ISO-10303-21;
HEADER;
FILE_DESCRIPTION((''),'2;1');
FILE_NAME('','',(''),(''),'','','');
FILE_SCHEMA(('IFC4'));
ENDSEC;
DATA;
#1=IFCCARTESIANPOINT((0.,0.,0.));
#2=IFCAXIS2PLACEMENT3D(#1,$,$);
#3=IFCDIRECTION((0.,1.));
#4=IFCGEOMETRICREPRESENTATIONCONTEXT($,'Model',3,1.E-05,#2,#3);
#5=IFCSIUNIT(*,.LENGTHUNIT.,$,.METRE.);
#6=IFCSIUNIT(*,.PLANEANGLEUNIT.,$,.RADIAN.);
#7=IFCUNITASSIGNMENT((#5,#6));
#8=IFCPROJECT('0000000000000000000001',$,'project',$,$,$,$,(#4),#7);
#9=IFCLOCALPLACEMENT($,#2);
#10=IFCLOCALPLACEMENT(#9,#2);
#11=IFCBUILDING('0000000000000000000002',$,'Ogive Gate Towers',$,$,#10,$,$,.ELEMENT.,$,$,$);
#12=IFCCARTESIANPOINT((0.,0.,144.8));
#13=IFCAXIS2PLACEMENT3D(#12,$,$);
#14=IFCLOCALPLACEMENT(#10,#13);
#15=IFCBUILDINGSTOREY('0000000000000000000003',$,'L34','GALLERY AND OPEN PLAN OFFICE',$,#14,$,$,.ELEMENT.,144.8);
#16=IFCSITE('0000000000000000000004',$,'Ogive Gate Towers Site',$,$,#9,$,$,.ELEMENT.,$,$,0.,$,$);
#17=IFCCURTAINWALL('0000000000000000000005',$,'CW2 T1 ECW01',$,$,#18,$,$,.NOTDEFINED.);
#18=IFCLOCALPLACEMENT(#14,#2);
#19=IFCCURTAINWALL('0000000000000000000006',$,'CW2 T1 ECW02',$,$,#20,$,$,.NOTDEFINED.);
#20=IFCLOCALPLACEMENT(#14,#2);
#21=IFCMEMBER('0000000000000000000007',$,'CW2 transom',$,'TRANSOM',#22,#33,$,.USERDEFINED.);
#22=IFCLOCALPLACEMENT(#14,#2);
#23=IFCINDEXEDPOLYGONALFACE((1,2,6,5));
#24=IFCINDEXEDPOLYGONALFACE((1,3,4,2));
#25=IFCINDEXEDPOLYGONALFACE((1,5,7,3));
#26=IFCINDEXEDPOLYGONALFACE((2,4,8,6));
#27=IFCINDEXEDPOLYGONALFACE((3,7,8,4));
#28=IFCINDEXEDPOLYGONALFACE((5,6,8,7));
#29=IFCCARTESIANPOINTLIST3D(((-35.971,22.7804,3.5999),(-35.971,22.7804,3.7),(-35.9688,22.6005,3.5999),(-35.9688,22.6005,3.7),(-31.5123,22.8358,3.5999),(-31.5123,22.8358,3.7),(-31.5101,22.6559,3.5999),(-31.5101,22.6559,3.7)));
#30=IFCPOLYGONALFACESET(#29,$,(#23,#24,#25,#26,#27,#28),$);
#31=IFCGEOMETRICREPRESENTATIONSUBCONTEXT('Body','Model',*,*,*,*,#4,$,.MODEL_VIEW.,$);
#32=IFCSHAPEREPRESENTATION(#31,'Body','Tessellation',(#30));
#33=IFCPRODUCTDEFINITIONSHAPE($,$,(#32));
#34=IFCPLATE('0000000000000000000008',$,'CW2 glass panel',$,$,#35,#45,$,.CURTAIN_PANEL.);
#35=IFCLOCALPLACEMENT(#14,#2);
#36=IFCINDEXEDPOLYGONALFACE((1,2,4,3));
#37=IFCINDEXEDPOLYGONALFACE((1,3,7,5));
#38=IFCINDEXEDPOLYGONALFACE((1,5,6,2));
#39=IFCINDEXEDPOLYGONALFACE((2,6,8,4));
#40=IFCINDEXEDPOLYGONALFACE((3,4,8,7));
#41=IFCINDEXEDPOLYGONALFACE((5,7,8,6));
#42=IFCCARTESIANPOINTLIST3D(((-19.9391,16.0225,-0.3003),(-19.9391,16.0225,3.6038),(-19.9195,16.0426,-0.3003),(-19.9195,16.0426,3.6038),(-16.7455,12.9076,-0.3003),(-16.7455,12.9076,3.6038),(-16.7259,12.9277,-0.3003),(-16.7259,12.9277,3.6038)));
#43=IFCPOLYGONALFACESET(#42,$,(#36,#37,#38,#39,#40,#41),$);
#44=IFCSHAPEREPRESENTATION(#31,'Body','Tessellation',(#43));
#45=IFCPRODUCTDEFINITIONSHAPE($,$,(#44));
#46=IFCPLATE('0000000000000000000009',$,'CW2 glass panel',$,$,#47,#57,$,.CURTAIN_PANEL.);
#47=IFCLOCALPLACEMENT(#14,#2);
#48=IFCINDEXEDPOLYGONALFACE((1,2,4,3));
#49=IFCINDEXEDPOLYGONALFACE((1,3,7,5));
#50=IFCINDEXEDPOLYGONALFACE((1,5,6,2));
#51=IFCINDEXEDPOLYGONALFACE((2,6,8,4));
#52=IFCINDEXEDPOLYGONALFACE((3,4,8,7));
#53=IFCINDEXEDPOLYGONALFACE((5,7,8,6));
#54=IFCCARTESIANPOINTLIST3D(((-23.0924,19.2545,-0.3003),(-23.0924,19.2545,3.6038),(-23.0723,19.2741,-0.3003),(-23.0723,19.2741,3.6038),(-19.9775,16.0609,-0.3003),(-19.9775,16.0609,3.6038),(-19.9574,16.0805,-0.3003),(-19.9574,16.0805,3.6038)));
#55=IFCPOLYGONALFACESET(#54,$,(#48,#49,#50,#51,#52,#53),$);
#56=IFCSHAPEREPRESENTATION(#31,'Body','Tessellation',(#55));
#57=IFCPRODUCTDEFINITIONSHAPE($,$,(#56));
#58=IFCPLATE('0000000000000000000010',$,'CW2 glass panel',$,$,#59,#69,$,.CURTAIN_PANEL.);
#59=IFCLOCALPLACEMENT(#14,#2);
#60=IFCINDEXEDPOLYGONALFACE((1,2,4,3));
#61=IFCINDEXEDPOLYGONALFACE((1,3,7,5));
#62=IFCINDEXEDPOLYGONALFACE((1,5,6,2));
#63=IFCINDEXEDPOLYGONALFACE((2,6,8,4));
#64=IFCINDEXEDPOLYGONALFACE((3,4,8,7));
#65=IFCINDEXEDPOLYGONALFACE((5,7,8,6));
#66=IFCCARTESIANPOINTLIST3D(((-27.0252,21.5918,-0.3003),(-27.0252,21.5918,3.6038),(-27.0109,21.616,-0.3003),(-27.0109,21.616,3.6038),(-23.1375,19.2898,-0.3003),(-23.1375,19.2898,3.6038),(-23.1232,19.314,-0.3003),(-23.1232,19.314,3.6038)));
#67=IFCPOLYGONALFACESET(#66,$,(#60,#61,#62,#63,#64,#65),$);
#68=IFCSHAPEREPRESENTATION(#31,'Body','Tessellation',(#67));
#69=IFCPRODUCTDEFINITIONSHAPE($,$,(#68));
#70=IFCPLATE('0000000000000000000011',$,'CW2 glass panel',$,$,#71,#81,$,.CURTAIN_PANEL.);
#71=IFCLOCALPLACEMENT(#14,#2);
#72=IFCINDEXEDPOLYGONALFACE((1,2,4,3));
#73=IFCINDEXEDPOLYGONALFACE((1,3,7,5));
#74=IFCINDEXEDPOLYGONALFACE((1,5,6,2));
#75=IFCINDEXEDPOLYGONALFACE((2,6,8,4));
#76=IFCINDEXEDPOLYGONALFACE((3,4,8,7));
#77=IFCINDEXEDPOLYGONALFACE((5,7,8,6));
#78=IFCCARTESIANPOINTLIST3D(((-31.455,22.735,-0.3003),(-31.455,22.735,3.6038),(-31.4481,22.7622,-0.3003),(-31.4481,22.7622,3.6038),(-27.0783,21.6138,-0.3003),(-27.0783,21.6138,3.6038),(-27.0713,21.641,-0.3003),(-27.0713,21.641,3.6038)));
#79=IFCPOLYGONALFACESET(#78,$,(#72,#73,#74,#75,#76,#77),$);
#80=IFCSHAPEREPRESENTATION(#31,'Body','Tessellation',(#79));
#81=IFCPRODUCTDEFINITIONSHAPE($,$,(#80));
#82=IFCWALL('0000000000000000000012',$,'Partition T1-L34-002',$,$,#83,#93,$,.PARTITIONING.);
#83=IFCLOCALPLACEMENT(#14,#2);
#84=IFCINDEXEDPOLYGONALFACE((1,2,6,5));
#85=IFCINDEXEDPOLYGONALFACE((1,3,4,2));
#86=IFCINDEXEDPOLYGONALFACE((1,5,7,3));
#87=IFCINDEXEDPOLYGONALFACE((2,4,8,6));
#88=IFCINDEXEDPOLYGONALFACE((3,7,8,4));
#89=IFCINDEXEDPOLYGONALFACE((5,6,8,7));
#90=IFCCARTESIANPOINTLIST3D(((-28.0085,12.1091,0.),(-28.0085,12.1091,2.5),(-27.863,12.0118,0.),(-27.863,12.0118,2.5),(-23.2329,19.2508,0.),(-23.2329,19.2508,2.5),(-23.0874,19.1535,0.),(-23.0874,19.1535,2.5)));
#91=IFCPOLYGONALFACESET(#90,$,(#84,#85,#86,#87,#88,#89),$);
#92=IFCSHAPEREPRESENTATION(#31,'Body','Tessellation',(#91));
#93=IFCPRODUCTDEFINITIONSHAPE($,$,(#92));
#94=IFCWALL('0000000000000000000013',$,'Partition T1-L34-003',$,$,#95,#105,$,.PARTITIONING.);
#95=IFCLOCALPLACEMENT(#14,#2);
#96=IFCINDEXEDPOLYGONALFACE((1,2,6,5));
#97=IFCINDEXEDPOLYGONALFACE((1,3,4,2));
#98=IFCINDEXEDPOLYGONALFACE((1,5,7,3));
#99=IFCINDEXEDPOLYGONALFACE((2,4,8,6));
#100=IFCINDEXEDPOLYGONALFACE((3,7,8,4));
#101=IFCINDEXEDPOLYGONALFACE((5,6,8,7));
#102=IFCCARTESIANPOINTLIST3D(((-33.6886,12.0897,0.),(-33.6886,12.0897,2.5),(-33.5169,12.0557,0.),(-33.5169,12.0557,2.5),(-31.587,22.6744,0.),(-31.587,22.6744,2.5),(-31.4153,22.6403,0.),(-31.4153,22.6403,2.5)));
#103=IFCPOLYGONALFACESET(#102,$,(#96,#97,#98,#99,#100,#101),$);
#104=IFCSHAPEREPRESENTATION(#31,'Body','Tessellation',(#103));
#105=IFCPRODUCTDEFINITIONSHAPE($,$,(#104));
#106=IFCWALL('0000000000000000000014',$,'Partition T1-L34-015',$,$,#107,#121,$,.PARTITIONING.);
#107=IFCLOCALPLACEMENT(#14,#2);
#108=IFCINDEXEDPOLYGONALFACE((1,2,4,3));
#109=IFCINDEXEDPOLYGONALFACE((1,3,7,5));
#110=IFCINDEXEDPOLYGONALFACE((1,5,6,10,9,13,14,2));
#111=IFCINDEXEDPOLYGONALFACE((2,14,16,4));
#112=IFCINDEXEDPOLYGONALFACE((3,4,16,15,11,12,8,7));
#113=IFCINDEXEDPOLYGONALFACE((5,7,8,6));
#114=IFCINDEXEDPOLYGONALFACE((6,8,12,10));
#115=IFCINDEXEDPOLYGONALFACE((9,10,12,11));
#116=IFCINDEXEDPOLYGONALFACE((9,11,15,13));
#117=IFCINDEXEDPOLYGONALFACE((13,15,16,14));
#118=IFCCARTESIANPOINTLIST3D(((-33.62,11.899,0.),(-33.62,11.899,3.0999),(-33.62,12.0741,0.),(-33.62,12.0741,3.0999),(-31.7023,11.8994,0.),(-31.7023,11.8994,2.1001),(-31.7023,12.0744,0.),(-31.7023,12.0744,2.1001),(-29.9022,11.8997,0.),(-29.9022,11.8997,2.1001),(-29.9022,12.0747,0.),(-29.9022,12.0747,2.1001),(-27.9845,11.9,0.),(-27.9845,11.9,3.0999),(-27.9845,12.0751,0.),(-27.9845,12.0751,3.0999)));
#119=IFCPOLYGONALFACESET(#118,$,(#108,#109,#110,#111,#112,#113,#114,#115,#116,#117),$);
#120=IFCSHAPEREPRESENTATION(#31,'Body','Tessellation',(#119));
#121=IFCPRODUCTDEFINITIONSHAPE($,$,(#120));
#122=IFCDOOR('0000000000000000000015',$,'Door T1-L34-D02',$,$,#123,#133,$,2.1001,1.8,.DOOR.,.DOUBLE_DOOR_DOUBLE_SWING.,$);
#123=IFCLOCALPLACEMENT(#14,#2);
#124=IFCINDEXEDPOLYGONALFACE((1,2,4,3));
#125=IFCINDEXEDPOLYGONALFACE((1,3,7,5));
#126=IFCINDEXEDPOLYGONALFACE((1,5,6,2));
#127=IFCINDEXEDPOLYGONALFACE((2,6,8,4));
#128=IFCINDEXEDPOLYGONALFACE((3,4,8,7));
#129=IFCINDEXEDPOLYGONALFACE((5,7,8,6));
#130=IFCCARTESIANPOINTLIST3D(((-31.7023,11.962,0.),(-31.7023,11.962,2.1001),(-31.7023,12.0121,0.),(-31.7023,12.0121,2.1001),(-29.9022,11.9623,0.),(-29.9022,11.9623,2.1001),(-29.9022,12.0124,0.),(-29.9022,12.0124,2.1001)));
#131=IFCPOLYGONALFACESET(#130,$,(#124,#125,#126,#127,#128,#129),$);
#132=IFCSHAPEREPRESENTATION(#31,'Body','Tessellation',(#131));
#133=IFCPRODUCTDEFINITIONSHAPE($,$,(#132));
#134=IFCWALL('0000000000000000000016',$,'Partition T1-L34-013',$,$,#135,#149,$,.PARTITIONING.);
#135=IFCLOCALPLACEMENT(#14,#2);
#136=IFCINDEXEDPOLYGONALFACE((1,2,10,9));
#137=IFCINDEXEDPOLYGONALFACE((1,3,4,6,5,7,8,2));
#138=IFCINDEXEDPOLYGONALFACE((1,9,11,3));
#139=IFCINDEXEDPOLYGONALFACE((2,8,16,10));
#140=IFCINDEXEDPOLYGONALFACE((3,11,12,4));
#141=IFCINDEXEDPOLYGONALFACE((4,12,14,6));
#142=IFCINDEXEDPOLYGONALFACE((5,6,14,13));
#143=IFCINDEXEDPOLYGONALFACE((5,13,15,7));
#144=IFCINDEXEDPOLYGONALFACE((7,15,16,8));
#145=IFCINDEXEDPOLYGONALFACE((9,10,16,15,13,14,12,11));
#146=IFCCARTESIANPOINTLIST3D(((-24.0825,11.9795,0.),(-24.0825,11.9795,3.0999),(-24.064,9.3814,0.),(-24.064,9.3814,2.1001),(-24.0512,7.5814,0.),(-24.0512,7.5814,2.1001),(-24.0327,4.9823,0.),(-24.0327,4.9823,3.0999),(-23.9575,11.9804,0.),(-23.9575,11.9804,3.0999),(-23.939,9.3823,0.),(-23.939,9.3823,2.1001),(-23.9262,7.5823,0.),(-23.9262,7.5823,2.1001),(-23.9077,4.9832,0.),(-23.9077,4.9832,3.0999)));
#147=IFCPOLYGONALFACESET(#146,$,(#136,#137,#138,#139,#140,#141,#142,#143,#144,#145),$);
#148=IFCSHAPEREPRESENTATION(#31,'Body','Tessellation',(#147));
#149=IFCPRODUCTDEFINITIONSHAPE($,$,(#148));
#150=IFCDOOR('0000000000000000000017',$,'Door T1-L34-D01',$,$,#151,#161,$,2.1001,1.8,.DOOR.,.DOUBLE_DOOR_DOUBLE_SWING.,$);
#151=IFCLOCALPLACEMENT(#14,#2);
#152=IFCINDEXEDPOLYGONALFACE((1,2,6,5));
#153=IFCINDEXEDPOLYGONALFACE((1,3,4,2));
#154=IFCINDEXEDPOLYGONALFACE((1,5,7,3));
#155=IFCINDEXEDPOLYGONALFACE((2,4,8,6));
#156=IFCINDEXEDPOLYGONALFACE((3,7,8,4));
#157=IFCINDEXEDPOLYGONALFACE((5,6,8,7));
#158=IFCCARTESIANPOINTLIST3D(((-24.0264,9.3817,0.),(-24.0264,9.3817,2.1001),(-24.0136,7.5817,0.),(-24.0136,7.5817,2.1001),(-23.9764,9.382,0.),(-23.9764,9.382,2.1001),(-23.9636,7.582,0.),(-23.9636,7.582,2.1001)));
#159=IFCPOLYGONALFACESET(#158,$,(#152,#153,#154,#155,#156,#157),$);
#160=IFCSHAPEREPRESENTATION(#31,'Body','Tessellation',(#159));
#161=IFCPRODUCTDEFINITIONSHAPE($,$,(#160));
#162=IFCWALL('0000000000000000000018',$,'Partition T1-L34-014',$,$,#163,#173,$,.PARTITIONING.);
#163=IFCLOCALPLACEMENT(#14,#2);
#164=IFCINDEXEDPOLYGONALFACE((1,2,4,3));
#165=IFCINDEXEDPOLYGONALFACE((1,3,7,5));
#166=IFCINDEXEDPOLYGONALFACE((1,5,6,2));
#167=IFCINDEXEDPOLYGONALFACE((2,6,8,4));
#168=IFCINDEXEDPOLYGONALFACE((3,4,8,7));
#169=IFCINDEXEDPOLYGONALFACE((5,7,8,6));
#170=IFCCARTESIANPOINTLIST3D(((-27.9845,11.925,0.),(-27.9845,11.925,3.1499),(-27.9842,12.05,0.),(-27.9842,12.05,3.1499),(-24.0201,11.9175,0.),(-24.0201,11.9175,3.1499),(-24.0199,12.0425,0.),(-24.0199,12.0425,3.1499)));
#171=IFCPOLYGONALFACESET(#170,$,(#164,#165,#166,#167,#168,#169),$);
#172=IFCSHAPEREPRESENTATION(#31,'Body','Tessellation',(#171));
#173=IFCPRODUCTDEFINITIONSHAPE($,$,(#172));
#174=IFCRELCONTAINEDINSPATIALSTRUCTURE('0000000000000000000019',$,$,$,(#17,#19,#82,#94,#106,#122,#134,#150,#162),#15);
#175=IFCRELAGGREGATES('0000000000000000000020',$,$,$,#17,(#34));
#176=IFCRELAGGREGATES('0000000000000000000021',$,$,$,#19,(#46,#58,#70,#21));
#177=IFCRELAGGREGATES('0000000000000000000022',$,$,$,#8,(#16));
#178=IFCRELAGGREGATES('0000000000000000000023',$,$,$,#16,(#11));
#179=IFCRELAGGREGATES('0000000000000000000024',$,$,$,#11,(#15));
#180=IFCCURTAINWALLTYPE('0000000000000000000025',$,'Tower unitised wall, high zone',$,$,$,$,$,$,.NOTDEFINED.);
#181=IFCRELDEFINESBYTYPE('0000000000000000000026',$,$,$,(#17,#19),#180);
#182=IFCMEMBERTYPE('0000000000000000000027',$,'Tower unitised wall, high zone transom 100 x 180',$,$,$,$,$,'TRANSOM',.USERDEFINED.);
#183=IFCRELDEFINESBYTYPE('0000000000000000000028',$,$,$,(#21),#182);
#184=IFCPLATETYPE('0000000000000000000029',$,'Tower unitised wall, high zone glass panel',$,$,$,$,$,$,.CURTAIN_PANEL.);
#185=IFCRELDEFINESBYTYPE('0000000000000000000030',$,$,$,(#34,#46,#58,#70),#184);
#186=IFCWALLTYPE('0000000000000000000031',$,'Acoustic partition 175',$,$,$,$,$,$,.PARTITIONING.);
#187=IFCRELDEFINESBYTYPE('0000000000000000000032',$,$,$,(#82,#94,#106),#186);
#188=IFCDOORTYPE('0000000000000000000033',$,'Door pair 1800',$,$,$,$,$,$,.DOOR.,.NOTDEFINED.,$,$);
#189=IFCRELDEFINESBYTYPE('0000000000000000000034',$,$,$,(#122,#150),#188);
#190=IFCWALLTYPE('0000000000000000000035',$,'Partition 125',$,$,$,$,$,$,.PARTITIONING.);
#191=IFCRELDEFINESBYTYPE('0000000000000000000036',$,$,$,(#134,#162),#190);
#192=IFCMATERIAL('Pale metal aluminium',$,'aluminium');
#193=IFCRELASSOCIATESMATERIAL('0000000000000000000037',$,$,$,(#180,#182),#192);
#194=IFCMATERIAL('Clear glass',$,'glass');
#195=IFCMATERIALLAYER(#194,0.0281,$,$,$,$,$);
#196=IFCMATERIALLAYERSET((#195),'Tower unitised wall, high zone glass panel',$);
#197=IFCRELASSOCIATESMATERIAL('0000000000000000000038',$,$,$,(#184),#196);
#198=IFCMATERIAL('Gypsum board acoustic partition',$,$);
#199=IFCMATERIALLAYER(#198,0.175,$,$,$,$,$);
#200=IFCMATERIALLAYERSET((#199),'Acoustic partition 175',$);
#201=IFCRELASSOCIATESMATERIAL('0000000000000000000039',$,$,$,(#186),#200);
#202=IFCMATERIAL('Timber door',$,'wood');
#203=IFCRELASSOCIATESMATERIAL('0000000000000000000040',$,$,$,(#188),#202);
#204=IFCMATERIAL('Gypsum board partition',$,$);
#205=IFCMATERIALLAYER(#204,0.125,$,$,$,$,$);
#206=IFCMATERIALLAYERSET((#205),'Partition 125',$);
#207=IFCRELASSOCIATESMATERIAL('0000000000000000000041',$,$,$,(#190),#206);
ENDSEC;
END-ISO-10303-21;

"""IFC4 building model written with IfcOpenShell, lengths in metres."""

from ifc_helpers import new_model, si_unit, direction, frame, frame_2d, origin, origin_2d, place, context, subcontext, project, spatial, rectangle, extrude, material, layer, layer_set, material_profile, profile_set, type_object, element, fill, aggregate, save


model = new_model("IFC4")

# Units and contexts
model_context = context("Model", 3, precision=1e-05, world=origin(), true_north=direction((0.0, 1.0)))
body_context = subcontext(model_context, "Body", "Model", "MODEL_VIEW")
ifc_project = project(units=[si_unit("LENGTHUNIT", "METRE"), si_unit("PLANEANGLEUNIT", "RADIAN")], contexts=[model_context])

# Site, building, storey
site_placement = place(None, origin())
site = spatial("IfcSite", under=ifc_project, at=site_placement, Name="Ogive Gate Towers Site", CompositionType="ELEMENT", RefElevation=0.0)
building_placement = place(site_placement, origin())
building = spatial("IfcBuilding", under=site, at=building_placement, Name="Ogive Gate Towers", CompositionType="ELEMENT")
storey_placement = place(building_placement, frame((0.0, 0.0, 144.8)))
storey = spatial("IfcBuildingStorey", under=building, at=storey_placement, Name="L34", Description="GALLERY AND OPEN PLAN OFFICE", CompositionType="ELEMENT", Elevation=144.8)

# Curtain wall
ifc_material_1 = material(Name="Pale metal aluminium", Category="aluminium")
curtain_wall_type = type_object("IfcCurtainWallType", Name="Tower unitised wall, high zone", PredefinedType="NOTDEFINED", material=ifc_material_1)
curtain_wall_1_placement = place(storey_placement, origin())
curtain_wall_1 = element("IfcCurtainWall", 1, at=curtain_wall_1_placement, inside=storey, type_object=curtain_wall_type, Name="CW2 T1 ECW01", PredefinedType="NOTDEFINED")

# Curtain wall, member
curtain_wall_2_placement = place(storey_placement, origin())
curtain_wall_2 = element("IfcCurtainWall", 2, at=curtain_wall_2_placement, inside=storey, type_object=curtain_wall_type, Name="CW2 T1 ECW02", PredefinedType="NOTDEFINED")
ifc_material_profile_1 = material_profile(ifc_material_1, rectangle(XDim=0.1799, YDim=0.1001, at=origin_2d()), Name="100 x 180 aluminium box")
ifc_profile_set_1 = profile_set([ifc_material_profile_1], Name="Pale metal aluminium")
member_type_1 = type_object("IfcMemberType", Name="Tower unitised wall, high zone transom 100 x 180", ElementType="TRANSOM", PredefinedType="USERDEFINED", material=ifc_profile_set_1)
member_1_placement = place(storey_placement, frame((-31.5112, 22.7458, 3.6499), z_axis=(-0.999923, -0.012429, 0.0), x_axis=(0.012429, -0.999923, 0.0)))
member_1 = element("IfcMember", 3, at=member_1_placement, type_object=member_type_1, Name="CW2 transom", ObjectType="TRANSOM", PredefinedType="USERDEFINED", context=body_context, shape_type="SweptSolid", body=[
    extrude(rectangle(XDim=0.1799, YDim=0.1001, at=origin_2d()), origin(), (0.0, 0.0, 1.0), 4.459),
])

# Plates
ifc_material_2 = material(Name="Clear glass", Category="glass")
ifc_layer_1 = layer(ifc_material_2, 0.0281)
ifc_layer_set_1 = layer_set([ifc_layer_1], Name="Tower unitised wall, high zone glass panel")
plate_type = type_object("IfcPlateType", Name="Tower unitised wall, high zone glass panel", PredefinedType="CURTAIN_PANEL", material=ifc_layer_set_1)
plate_1_placement = place(storey_placement, frame((-18.3325, 14.4751, -0.3003), z_axis=(0.0, 0.0, 1.0), x_axis=(-0.715863, 0.69824, 0.0)))
plate_1 = element("IfcPlate", 4, at=plate_1_placement, type_object=plate_type, Name="CW2 glass panel", PredefinedType="CURTAIN_PANEL", context=body_context, shape_type="SweptSolid", body=[
    extrude(rectangle(XDim=4.4612, YDim=0.0281, at=origin_2d()), origin(), (0.0, 0.0, 1.0), 3.9041),
])
aggregate(curtain_wall_1, [plate_1])
plate_2_placement = place(storey_placement, frame((-21.5249, 17.6675, -0.3003), z_axis=(0.0, 0.0, 1.0), x_axis=(-0.69824, 0.715863, 0.0)))
plate_2 = element("IfcPlate", 5, at=plate_2_placement, type_object=plate_type, Name="CW2 glass panel", PredefinedType="CURTAIN_PANEL", context=body_context, shape_type="SweptSolid", body=[
    extrude(rectangle(XDim=4.4612, YDim=0.0281, at=origin_2d()), origin(), (0.0, 0.0, 1.0), 3.9041),
])
plate_3_placement = place(storey_placement, frame((-25.0742, 20.4529, -0.3003), z_axis=(0.0, 0.0, 1.0), x_axis=(-0.860466, 0.509507, 0.0)))
plate_3 = element("IfcPlate", 6, at=plate_3_placement, type_object=plate_type, Name="CW2 glass panel", PredefinedType="CURTAIN_PANEL", context=body_context, shape_type="SweptSolid", body=[
    extrude(rectangle(XDim=4.5181, YDim=0.0281, at=origin_2d()), origin(), (0.0, 0.0, 1.0), 3.9041),
])
plate_4_placement = place(storey_placement, frame((-29.2632, 22.188, -0.3003), z_axis=(0.0, 0.0, 1.0), x_axis=(-0.968718, 0.248166, 0.0)))
plate_4 = element("IfcPlate", 7, at=plate_4_placement, type_object=plate_type, Name="CW2 glass panel", PredefinedType="CURTAIN_PANEL", context=body_context, shape_type="SweptSolid", body=[
    extrude(rectangle(XDim=4.5181, YDim=0.0281, at=origin_2d()), origin(), (0.0, 0.0, 1.0), 3.9041),
])
aggregate(curtain_wall_2, [plate_2, plate_3, plate_4, member_1])

# Walls
ifc_material_3 = material(Name="Gypsum board acoustic partition")
ifc_layer_2 = layer(ifc_material_3, 0.175)
ifc_layer_set_2 = layer_set([ifc_layer_2], Name="Acoustic partition 175")
wall_type_1 = type_object("IfcWallType", Name="Acoustic partition 175", PredefinedType="PARTITIONING", material=ifc_layer_set_2)
wall_1_placement = place(storey_placement, frame((-23.1602, 19.2021, 0.0), z_axis=(0.0, 0.0, 1.0), x_axis=(-0.55586, -0.831276, 0.0)))
element("IfcWall", 8, at=wall_1_placement, inside=storey, type_object=wall_type_1, Name="Partition T1-L34-002", PredefinedType="PARTITIONING", context=body_context, shape_type="SweptSolid", body=[
    extrude(rectangle(XDim=8.5913, YDim=0.175, at=frame_2d((4.2957, 0.0))), origin(), (0.0, 0.0, 1.0), 2.5),
])
wall_2_placement = place(storey_placement, frame((-31.5012, 22.6572, 0.0), z_axis=(0.0, 0.0, 1.0), x_axis=(-0.194745, -0.980854, 0.0)))
element("IfcWall", 9, at=wall_2_placement, inside=storey, type_object=wall_type_1, Name="Partition T1-L34-003", PredefinedType="PARTITIONING", context=body_context, shape_type="SweptSolid", body=[
    extrude(rectangle(XDim=10.7913, YDim=0.175, at=frame_2d((5.3955, 0.0))), origin(), (0.0, 0.0, 1.0), 2.5),
])

# Walls, openings, doors
wall_3_placement = place(storey_placement, frame((-27.9844, 11.9875, 0.0), z_axis=(0.0, 0.0, 1.0), x_axis=(-1.0, -0.000173, 0.0)))
wall_3 = element("IfcWall", 10, at=wall_3_placement, inside=storey, type_object=wall_type_1, Name="Partition T1-L34-015", PredefinedType="PARTITIONING", context=body_context, shape_type="SweptSolid", body=[
    extrude(rectangle(XDim=5.6355, YDim=0.175, at=frame_2d((2.8179, 0.0))), origin(), (0.0, 0.0, 1.0), 3.0999),
])
opening_1_placement = place(wall_3_placement, frame((1.918, 0.0, 0.0)))
opening_1 = element("IfcOpeningElement", 11, at=opening_1_placement, cuts=wall_3, PredefinedType="OPENING", context=body_context, shape_type="SweptSolid", body=[
    extrude(rectangle(XDim=1.8, YDim=2.1001, at=frame_2d((0.8999, 1.05))), frame((0.0, 0.0977, 0.0), z_axis=(0.0, -1.0, 0.0), x_axis=(1.0, 0.0, 0.0)), (0.0, 0.0, 1.0), 0.1951),
])
ifc_material_4 = material(Name="Timber door", Category="wood")
door_type = type_object("IfcDoorType", Name="Door pair 1800", OperationType="NOTDEFINED", PredefinedType="DOOR", material=ifc_material_4)
door_1_placement = place(opening_1_placement, origin())
door_1 = element("IfcDoor", 12, at=door_1_placement, inside=storey, type_object=door_type, Name="Door T1-L34-D02", OperationType="DOUBLE_DOOR_DOUBLE_SWING", OverallHeight=2.1001, OverallWidth=1.8, PredefinedType="DOOR", context=body_context, shape_type="SweptSolid", body=[
    extrude(rectangle(XDim=1.8, YDim=2.1001, at=frame_2d((0.8999, 1.05))), frame((0.0, 0.0249, 0.0), z_axis=(0.0, -1.0, 0.0), x_axis=(1.0, 0.0, 0.0)), (0.0, 0.0, 1.0), 0.05),
])
fill(opening_1, door_1)
ifc_material_5 = material(Name="Gypsum board partition")
ifc_layer_3 = layer(ifc_material_5, 0.125)
ifc_layer_set_3 = layer_set([ifc_layer_3], Name="Partition 125")
wall_type_2 = type_object("IfcWallType", Name="Partition 125", PredefinedType="PARTITIONING", material=ifc_layer_set_3)
wall_4_placement = place(storey_placement, frame((-23.9702, 4.9829, 0.0), z_axis=(0.0, 0.0, 1.0), x_axis=(-0.007118, 0.999975, 0.0)))
wall_4 = element("IfcWall", 13, at=wall_4_placement, inside=storey, type_object=wall_type_2, Name="Partition T1-L34-013", PredefinedType="PARTITIONING", context=body_context, shape_type="SweptSolid", body=[
    extrude(rectangle(XDim=6.9973, YDim=0.125, at=frame_2d((3.4985, 0.0))), origin(), (0.0, 0.0, 1.0), 3.0999),
])
opening_2_placement = place(wall_4_placement, frame((2.5991, 0.0, 0.0)))
opening_2 = element("IfcOpeningElement", 14, at=opening_2_placement, cuts=wall_4, PredefinedType="OPENING", context=body_context, shape_type="SweptSolid", body=[
    extrude(rectangle(XDim=1.8, YDim=2.1001, at=frame_2d((0.8999, 1.05))), frame((0.0, 0.0725, 0.0), z_axis=(0.0, -1.0, 0.0), x_axis=(1.0, 0.0, 0.0)), (0.0, 0.0, 1.0), 0.145),
])
door_2_placement = place(opening_2_placement, origin())
door_2 = element("IfcDoor", 15, at=door_2_placement, inside=storey, type_object=door_type, Name="Door T1-L34-D01", OperationType="DOUBLE_DOOR_DOUBLE_SWING", OverallHeight=2.1001, OverallWidth=1.8, PredefinedType="DOOR", context=body_context, shape_type="SweptSolid", body=[
    extrude(rectangle(XDim=1.8, YDim=2.1001, at=frame_2d((0.8999, 1.05))), frame((0.0, 0.0249, 0.0), z_axis=(0.0, -1.0, 0.0), x_axis=(1.0, 0.0, 0.0)), (0.0, 0.0, 1.0), 0.05),
])
fill(opening_2, door_2)

# Wall
wall_5_placement = place(storey_placement, frame((-24.02, 11.98, 0.0), z_axis=(0.0, 0.0, 1.0), x_axis=(-0.999998, 0.001909, 0.0)))
element("IfcWall", 16, at=wall_5_placement, inside=storey, type_object=wall_type_2, Name="Partition T1-L34-014", PredefinedType="PARTITIONING", context=body_context, shape_type="SweptSolid", body=[
    extrude(rectangle(XDim=3.9644, YDim=0.125, at=frame_2d((1.9822, 0.0))), origin(), (0.0, 0.0, 1.0), 3.1499),
])

save(model, "model.ifc")
